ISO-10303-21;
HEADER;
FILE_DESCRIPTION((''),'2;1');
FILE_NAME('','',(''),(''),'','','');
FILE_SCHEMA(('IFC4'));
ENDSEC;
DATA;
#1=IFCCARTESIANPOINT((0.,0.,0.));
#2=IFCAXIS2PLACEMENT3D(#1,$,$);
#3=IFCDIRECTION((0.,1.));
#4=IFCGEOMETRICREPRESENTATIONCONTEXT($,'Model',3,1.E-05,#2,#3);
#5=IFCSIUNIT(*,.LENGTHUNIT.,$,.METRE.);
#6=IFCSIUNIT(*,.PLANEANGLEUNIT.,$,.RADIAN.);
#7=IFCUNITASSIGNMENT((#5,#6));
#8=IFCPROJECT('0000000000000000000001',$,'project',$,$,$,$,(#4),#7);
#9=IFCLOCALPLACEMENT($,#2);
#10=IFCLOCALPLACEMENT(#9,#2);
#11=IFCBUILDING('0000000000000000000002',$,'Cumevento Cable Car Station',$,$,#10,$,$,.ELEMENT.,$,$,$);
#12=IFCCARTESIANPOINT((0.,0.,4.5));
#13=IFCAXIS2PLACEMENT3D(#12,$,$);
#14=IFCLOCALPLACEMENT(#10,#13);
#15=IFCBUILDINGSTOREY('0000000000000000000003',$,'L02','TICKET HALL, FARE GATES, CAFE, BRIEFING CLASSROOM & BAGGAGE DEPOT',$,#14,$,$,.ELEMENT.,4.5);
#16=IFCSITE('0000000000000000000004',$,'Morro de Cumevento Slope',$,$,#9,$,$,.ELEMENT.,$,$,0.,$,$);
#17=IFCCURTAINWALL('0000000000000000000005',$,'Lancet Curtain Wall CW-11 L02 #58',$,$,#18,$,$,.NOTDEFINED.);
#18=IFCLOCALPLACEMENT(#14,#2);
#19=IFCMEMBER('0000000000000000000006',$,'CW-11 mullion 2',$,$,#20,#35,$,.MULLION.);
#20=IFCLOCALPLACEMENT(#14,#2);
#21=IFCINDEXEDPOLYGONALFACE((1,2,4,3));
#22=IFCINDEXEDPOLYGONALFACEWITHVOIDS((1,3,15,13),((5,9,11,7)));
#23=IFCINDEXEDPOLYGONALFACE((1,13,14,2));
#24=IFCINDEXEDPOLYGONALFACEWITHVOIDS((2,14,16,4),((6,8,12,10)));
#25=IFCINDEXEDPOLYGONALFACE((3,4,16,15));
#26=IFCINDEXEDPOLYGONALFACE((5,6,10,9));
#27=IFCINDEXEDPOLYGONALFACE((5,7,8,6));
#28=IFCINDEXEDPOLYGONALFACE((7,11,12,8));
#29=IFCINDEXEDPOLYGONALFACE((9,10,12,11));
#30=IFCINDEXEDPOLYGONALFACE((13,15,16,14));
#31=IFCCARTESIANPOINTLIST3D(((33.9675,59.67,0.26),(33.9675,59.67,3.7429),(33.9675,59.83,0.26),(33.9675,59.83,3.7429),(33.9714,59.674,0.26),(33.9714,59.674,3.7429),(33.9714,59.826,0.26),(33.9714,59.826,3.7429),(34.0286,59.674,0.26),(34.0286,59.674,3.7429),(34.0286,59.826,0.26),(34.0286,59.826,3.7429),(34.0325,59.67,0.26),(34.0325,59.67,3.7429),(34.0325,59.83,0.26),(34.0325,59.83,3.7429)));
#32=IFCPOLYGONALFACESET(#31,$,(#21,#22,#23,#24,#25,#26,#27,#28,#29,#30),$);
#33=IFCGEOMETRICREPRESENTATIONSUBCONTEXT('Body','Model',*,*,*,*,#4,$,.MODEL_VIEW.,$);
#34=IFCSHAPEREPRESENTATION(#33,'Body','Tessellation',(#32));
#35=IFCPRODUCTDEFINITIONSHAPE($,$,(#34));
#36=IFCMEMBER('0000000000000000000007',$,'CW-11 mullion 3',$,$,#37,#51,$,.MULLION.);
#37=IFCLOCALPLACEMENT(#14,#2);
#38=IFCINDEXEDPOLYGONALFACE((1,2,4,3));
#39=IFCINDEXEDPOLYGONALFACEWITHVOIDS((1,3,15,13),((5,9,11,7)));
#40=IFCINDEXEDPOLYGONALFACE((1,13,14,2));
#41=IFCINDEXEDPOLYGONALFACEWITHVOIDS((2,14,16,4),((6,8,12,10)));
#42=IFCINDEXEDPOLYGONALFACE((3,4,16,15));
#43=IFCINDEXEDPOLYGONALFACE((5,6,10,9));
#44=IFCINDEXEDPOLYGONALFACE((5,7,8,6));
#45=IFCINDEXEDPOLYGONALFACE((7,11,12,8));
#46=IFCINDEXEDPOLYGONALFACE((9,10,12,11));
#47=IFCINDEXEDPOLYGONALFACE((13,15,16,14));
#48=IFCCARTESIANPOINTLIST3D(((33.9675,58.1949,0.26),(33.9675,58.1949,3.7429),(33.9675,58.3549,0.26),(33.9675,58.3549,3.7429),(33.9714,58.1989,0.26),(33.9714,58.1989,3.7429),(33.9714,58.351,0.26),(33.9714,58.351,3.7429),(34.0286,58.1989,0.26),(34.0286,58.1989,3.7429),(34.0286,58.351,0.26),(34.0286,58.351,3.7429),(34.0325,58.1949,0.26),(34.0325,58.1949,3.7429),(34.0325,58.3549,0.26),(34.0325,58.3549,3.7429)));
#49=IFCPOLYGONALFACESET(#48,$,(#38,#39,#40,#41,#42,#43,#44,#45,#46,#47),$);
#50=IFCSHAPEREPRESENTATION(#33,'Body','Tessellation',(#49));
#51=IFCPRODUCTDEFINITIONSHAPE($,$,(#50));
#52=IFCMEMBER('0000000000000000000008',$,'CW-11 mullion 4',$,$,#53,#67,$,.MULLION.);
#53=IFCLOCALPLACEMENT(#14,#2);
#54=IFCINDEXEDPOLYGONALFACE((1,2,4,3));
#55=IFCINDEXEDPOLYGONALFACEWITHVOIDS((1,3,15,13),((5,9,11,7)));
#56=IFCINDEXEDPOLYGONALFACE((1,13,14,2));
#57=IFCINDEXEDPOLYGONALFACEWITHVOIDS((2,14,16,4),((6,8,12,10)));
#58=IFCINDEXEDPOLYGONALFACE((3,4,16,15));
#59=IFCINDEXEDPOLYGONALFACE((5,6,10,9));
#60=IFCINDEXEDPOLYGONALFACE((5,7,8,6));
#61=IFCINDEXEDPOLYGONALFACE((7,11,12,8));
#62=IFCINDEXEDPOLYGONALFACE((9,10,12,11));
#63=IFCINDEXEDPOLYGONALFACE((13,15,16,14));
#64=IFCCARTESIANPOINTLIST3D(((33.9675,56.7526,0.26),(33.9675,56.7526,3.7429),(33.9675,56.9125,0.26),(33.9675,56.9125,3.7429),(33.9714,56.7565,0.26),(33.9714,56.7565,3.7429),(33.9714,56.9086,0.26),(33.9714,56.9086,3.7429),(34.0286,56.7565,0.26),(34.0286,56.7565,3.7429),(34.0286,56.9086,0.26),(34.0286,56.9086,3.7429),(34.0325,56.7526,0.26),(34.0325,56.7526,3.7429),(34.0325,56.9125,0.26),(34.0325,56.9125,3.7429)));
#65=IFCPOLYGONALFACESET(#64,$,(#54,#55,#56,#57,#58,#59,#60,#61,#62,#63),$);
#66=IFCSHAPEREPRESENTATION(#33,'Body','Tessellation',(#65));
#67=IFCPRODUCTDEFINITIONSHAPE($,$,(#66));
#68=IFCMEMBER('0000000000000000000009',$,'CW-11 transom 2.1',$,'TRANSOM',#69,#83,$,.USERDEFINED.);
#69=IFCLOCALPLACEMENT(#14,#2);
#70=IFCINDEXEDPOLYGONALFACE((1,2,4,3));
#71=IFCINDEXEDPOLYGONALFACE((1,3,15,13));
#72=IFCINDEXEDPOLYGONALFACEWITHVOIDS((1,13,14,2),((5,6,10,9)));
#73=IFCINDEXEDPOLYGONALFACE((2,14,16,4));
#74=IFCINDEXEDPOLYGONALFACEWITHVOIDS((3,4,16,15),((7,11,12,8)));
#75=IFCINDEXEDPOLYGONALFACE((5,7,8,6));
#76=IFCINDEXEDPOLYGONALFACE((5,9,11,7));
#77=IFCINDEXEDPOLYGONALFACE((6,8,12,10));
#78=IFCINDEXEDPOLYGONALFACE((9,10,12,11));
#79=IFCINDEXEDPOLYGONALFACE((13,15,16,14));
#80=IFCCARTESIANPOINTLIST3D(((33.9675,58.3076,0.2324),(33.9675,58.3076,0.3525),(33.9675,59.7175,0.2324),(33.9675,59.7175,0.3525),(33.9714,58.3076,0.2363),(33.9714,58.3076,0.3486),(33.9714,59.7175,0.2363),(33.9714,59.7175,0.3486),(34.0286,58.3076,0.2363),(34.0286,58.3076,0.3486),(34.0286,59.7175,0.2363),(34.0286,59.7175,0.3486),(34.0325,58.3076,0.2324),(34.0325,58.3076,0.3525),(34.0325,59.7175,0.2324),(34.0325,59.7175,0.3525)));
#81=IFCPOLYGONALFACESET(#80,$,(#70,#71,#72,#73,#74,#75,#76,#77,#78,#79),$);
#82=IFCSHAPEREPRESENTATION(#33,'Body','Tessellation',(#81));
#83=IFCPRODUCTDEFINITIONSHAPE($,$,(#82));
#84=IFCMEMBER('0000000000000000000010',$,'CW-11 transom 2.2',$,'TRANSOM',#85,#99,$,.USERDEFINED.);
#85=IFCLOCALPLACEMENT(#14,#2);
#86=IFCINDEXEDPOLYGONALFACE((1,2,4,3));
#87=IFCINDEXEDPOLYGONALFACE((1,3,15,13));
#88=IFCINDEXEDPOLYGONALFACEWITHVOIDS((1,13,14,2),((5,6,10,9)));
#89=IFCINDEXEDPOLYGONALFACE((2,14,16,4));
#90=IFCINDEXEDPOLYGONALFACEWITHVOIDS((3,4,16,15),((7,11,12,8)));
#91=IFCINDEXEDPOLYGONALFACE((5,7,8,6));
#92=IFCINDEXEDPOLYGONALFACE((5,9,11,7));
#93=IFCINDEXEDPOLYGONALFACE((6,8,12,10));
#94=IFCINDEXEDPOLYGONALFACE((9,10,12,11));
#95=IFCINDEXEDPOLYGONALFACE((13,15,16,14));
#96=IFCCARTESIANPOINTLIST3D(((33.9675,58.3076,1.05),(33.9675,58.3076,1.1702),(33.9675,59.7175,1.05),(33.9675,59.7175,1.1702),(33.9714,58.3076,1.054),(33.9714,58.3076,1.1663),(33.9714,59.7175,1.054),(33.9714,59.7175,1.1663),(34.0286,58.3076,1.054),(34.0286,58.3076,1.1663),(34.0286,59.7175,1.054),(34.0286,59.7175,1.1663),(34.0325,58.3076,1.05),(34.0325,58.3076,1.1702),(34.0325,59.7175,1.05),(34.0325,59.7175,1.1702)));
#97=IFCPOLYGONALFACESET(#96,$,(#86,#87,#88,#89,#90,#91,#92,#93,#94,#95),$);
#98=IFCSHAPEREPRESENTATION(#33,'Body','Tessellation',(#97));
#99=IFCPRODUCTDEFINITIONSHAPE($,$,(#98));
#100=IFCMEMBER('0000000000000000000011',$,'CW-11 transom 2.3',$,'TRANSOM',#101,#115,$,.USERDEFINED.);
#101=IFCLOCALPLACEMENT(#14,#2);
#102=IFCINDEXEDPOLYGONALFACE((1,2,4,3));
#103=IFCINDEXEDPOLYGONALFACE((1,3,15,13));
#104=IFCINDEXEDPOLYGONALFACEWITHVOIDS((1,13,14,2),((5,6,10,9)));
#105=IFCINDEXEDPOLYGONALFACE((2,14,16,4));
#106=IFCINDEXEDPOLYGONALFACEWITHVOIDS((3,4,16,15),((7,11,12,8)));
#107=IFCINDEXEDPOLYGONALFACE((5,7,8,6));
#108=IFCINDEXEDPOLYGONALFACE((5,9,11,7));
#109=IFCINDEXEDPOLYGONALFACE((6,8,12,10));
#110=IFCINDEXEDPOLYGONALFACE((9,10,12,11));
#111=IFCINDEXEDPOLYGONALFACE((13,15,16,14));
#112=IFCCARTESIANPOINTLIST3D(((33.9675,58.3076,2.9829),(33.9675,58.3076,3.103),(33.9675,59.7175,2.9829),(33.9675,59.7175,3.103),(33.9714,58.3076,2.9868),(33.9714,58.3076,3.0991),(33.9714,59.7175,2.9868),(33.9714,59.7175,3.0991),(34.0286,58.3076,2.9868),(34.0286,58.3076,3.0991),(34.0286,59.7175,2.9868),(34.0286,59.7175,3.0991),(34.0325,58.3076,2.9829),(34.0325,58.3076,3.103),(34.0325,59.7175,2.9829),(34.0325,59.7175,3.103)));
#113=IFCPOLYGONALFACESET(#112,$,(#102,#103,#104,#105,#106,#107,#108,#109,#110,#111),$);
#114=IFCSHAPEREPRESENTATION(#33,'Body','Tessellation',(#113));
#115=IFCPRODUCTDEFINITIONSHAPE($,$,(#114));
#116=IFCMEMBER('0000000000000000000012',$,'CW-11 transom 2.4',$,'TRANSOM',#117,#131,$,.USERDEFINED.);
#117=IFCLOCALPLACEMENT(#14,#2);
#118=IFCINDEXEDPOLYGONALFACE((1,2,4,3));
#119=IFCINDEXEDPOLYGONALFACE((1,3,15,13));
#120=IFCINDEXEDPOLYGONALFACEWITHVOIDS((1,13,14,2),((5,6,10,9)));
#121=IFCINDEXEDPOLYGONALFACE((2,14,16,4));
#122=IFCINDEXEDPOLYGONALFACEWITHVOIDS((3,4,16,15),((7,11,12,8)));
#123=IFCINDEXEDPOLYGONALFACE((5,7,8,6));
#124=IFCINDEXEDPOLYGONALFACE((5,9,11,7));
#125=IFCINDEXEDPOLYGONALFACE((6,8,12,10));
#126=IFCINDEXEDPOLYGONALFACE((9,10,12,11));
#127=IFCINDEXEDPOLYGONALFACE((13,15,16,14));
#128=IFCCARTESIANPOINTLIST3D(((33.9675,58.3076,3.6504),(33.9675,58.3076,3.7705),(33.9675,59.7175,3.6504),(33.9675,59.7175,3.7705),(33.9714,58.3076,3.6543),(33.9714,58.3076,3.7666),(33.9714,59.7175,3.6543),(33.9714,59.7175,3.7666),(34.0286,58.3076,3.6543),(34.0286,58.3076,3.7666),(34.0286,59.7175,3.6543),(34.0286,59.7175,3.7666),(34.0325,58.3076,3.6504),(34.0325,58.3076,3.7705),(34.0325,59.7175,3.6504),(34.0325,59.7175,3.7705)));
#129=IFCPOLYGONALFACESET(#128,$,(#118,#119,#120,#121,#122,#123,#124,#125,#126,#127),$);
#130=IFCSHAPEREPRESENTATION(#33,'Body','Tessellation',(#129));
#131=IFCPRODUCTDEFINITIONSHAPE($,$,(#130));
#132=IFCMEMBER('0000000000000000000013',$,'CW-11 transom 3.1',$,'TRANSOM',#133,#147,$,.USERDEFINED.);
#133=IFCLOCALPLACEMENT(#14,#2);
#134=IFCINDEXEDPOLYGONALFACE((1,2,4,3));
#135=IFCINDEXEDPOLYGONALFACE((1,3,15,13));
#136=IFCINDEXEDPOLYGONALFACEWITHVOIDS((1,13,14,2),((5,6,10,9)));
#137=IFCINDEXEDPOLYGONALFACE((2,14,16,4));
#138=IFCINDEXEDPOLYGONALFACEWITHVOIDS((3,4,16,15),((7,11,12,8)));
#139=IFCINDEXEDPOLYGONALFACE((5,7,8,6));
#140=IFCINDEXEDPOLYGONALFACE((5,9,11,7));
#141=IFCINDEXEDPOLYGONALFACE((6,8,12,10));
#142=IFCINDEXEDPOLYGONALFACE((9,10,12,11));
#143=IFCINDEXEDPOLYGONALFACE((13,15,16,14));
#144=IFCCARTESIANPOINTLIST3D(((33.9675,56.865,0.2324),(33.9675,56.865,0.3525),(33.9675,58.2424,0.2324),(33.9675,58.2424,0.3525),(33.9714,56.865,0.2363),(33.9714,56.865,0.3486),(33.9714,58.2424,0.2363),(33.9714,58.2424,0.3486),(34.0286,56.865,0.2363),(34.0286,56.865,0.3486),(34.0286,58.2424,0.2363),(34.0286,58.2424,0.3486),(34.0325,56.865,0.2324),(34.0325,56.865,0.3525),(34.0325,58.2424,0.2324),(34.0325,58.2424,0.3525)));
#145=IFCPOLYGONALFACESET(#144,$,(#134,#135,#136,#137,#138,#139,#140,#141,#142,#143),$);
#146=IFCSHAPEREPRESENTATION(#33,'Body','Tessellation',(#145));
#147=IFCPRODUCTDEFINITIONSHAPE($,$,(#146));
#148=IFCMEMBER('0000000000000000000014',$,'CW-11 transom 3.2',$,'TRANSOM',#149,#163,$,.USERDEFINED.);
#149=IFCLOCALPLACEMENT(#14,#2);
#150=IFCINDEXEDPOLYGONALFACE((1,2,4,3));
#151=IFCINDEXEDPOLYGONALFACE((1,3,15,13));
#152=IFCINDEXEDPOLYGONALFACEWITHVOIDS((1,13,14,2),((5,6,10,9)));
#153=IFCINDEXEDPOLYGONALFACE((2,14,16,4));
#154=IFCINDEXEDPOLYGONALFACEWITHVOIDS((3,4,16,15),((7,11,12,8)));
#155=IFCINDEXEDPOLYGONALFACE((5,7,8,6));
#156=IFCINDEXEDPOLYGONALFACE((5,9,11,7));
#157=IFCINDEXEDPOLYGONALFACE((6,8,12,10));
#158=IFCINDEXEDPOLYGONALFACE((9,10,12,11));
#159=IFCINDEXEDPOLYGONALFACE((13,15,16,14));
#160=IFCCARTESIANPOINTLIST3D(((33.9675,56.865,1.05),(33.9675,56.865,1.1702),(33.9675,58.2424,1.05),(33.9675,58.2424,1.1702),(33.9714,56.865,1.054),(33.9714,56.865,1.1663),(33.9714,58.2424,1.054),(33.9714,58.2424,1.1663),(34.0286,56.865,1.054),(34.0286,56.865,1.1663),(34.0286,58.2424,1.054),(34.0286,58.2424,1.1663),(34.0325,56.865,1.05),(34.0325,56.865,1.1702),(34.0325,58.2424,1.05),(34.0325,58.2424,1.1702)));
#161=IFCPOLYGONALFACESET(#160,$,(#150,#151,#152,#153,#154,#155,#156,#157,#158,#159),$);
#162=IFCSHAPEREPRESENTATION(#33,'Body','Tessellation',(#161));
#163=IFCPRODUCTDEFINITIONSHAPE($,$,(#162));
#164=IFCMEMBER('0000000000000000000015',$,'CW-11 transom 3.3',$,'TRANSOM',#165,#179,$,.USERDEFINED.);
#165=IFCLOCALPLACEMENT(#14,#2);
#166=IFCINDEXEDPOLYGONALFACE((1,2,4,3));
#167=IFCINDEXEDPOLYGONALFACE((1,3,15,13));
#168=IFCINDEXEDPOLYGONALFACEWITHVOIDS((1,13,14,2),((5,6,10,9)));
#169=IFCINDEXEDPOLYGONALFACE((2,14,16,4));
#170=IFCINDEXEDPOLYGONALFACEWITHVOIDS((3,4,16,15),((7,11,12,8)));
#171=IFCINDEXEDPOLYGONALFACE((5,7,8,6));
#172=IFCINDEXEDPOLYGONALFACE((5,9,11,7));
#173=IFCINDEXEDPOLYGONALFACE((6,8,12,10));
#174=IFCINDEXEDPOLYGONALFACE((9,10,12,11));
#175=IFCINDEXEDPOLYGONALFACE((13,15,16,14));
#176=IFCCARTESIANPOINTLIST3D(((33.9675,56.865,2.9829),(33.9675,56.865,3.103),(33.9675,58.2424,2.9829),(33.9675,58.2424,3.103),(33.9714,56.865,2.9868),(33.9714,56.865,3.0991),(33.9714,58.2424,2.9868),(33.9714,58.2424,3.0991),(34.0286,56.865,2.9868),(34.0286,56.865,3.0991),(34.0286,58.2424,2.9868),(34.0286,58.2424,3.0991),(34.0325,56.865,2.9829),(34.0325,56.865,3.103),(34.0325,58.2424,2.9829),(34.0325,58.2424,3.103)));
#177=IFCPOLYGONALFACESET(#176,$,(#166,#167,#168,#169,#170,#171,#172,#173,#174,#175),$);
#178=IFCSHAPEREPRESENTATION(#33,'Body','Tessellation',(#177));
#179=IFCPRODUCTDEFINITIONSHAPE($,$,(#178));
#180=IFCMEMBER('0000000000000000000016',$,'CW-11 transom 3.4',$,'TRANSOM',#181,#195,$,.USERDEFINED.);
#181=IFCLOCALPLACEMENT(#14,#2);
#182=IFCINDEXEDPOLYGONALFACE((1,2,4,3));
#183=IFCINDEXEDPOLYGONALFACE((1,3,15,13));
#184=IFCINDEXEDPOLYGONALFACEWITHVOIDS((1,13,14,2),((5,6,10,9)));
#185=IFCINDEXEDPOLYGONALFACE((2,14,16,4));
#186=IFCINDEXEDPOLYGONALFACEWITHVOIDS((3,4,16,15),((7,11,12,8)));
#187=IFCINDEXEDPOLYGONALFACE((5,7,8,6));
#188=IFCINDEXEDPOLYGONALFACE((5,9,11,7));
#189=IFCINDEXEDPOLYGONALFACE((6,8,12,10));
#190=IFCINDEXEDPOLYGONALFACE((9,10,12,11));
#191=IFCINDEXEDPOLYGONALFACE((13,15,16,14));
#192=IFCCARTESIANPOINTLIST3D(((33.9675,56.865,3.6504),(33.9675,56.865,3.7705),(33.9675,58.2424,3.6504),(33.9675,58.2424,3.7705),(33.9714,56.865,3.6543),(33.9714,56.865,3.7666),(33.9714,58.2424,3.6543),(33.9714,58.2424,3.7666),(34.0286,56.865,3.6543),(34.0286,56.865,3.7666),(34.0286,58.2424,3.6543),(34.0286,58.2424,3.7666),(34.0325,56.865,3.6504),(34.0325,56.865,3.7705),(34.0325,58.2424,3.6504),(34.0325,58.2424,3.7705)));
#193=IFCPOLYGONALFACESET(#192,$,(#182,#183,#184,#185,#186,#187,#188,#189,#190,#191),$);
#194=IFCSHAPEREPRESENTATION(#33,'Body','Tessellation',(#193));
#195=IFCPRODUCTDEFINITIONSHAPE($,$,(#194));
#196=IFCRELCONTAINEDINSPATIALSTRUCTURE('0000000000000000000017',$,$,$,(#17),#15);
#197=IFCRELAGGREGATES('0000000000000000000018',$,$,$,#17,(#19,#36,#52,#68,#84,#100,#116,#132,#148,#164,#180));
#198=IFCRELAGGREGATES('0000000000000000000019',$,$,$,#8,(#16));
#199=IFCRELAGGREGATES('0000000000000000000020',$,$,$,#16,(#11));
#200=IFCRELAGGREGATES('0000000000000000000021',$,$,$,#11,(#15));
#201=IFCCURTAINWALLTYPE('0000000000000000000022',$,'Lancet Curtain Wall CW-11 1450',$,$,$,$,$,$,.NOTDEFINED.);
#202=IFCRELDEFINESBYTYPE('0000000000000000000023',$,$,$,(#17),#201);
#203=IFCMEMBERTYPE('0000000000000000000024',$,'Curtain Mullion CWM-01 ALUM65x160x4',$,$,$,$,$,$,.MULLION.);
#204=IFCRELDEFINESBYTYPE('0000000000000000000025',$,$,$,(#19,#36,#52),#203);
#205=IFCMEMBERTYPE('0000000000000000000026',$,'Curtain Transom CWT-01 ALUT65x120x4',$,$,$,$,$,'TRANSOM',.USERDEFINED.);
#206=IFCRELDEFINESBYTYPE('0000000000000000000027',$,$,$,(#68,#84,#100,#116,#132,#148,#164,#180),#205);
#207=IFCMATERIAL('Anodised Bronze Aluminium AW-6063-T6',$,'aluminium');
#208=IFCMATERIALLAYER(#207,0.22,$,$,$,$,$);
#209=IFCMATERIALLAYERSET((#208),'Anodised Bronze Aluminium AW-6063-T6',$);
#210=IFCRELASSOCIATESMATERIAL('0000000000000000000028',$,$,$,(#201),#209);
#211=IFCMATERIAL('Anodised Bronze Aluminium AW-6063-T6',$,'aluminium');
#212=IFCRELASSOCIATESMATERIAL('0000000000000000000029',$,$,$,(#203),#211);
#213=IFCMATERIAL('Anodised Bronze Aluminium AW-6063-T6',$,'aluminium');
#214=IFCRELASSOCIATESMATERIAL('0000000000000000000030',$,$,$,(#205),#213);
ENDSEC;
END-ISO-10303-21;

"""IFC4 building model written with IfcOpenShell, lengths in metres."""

from ifc_helpers import new_model, si_unit, direction, frame, origin, origin_2d, place, context, subcontext, project, spatial, hollow_rectangle, extrude, material, layer, layer_set, material_profile, profile_set, type_object, element, aggregate, save


model = new_model("IFC4")

# Units and contexts
model_context = context("Model", 3, precision=1e-05, world=origin(), true_north=direction((0.0, 1.0)))
body_context = subcontext(model_context, "Body", "Model", "MODEL_VIEW")
ifc_project = project(units=[si_unit("LENGTHUNIT", "METRE"), si_unit("PLANEANGLEUNIT", "RADIAN")], contexts=[model_context])

# Site, building, storey
site_placement = place(None, origin())
site = spatial("IfcSite", under=ifc_project, at=site_placement, Name="Morro de Cumevento Slope", CompositionType="ELEMENT", RefElevation=0.0)
building_placement = place(site_placement, origin())
building = spatial("IfcBuilding", under=site, at=building_placement, Name="Cumevento Cable Car Station", CompositionType="ELEMENT")
storey_placement = place(building_placement, frame((0.0, 0.0, 4.5)))
storey = spatial("IfcBuildingStorey", under=building, at=storey_placement, Name="L02", Description="TICKET HALL, FARE GATES, CAFE, BRIEFING CLASSROOM & BAGGAGE DEPOT", CompositionType="ELEMENT", Elevation=4.5)

# Curtain wall, members
ifc_material_1 = material(Name="Anodised Bronze Aluminium AW-6063-T6", Category="aluminium")
ifc_layer_1 = layer(ifc_material_1, 0.22)
ifc_layer_set_1 = layer_set([ifc_layer_1], Name="Anodised Bronze Aluminium AW-6063-T6")
curtain_wall_type = type_object("IfcCurtainWallType", Name="Lancet Curtain Wall CW-11 1450", PredefinedType="NOTDEFINED", material=ifc_layer_set_1)
curtain_wall_placement = place(storey_placement, origin())
curtain_wall = element("IfcCurtainWall", 1, at=curtain_wall_placement, inside=storey, type_object=curtain_wall_type, Name="Lancet Curtain Wall CW-11 L02 #58", PredefinedType="NOTDEFINED")
ifc_material_2 = material(Name="Anodised Bronze Aluminium AW-6063-T6", Category="aluminium")
ifc_material_profile_1 = material_profile(ifc_material_2, hollow_rectangle(XDim=0.0649, YDim=0.1599, WallThickness=0.0039, at=origin_2d()), Name="ALUM65x160x4")
ifc_profile_set_1 = profile_set([ifc_material_profile_1], Name="Anodised Bronze Aluminium AW-6063-T6")
member_type_1 = type_object("IfcMemberType", Name="Curtain Mullion CWM-01 ALUM65x160x4", PredefinedType="MULLION", material=ifc_profile_set_1)
member_1_placement = place(storey_placement, frame((34.0, 59.75, 0.26), z_axis=(0.0, 0.0, 1.0), x_axis=(1.0, 0.0, 0.0)))
member_1 = element("IfcMember", 2, at=member_1_placement, type_object=member_type_1, Name="CW-11 mullion 2", PredefinedType="MULLION", context=body_context, shape_type="SweptSolid", body=[
    extrude(hollow_rectangle(XDim=0.0649, YDim=0.1599, WallThickness=0.0039, at=origin_2d()), origin(), (0.0, 0.0, 1.0), 3.4829),
])
member_2_placement = place(storey_placement, frame((34.0, 58.2749, 0.26), z_axis=(0.0, 0.0, 1.0), x_axis=(1.0, 0.0, 0.0)))
member_2 = element("IfcMember", 3, at=member_2_placement, type_object=member_type_1, Name="CW-11 mullion 3", PredefinedType="MULLION", context=body_context, shape_type="SweptSolid", body=[
    extrude(hollow_rectangle(XDim=0.0649, YDim=0.1599, WallThickness=0.0039, at=origin_2d()), origin(), (0.0, 0.0, 1.0), 3.4829),
])
member_3_placement = place(storey_placement, frame((34.0, 56.8325, 0.26), z_axis=(0.0, 0.0, 1.0), x_axis=(1.0, 0.0, 0.0)))
member_3 = element("IfcMember", 4, at=member_3_placement, type_object=member_type_1, Name="CW-11 mullion 4", PredefinedType="MULLION", context=body_context, shape_type="SweptSolid", body=[
    extrude(hollow_rectangle(XDim=0.0649, YDim=0.1599, WallThickness=0.0039, at=origin_2d()), origin(), (0.0, 0.0, 1.0), 3.4829),
])
ifc_material_3 = material(Name="Anodised Bronze Aluminium AW-6063-T6", Category="aluminium")
ifc_material_profile_2 = material_profile(ifc_material_3, hollow_rectangle(XDim=0.0649, YDim=0.1201, WallThickness=0.0039, at=origin_2d()), Name="ALUT65x120x4")
ifc_profile_set_2 = profile_set([ifc_material_profile_2], Name="Anodised Bronze Aluminium AW-6063-T6")
member_type_2 = type_object("IfcMemberType", Name="Curtain Transom CWT-01 ALUT65x120x4", ElementType="TRANSOM", PredefinedType="USERDEFINED", material=ifc_profile_set_2)
member_4_placement = place(storey_placement, frame((34.0, 59.7175, 0.2925), z_axis=(0.0, -1.0, 0.0), x_axis=(1.0, 0.0, 0.0)))
member_4 = element("IfcMember", 5, at=member_4_placement, type_object=member_type_2, Name="CW-11 transom 2.1", ObjectType="TRANSOM", PredefinedType="USERDEFINED", context=body_context, shape_type="SweptSolid", body=[
    extrude(hollow_rectangle(XDim=0.0649, YDim=0.1201, WallThickness=0.0039, at=origin_2d()), origin(), (0.0, 0.0, 1.0), 1.4099),
])
member_5_placement = place(storey_placement, frame((34.0, 59.7175, 1.1101), z_axis=(0.0, -1.0, 0.0), x_axis=(1.0, 0.0, 0.0)))
member_5 = element("IfcMember", 6, at=member_5_placement, type_object=member_type_2, Name="CW-11 transom 2.2", ObjectType="TRANSOM", PredefinedType="USERDEFINED", context=body_context, shape_type="SweptSolid", body=[
    extrude(hollow_rectangle(XDim=0.0649, YDim=0.1201, WallThickness=0.0039, at=origin_2d()), origin(), (0.0, 0.0, 1.0), 1.4099),
])
member_6_placement = place(storey_placement, frame((34.0, 59.7175, 3.043), z_axis=(0.0, -1.0, 0.0), x_axis=(1.0, 0.0, 0.0)))
member_6 = element("IfcMember", 7, at=member_6_placement, type_object=member_type_2, Name="CW-11 transom 2.3", ObjectType="TRANSOM", PredefinedType="USERDEFINED", context=body_context, shape_type="SweptSolid", body=[
    extrude(hollow_rectangle(XDim=0.0649, YDim=0.1201, WallThickness=0.0039, at=origin_2d()), origin(), (0.0, 0.0, 1.0), 1.4099),
])
member_7_placement = place(storey_placement, frame((34.0, 59.7175, 3.7104), z_axis=(0.0, -1.0, 0.0), x_axis=(1.0, 0.0, 0.0)))
member_7 = element("IfcMember", 8, at=member_7_placement, type_object=member_type_2, Name="CW-11 transom 2.4", ObjectType="TRANSOM", PredefinedType="USERDEFINED", context=body_context, shape_type="SweptSolid", body=[
    extrude(hollow_rectangle(XDim=0.0649, YDim=0.1201, WallThickness=0.0039, at=origin_2d()), origin(), (0.0, 0.0, 1.0), 1.4099),
])
member_8_placement = place(storey_placement, frame((34.0, 58.2424, 0.2925), z_axis=(0.0, -1.0, 0.0), x_axis=(1.0, 0.0, 0.0)))
member_8 = element("IfcMember", 9, at=member_8_placement, type_object=member_type_2, Name="CW-11 transom 3.1", ObjectType="TRANSOM", PredefinedType="USERDEFINED", context=body_context, shape_type="SweptSolid", body=[
    extrude(hollow_rectangle(XDim=0.0649, YDim=0.1201, WallThickness=0.0039, at=origin_2d()), origin(), (0.0, 0.0, 1.0), 1.3774),
])
member_9_placement = place(storey_placement, frame((34.0, 58.2424, 1.1101), z_axis=(0.0, -1.0, 0.0), x_axis=(1.0, 0.0, 0.0)))
member_9 = element("IfcMember", 10, at=member_9_placement, type_object=member_type_2, Name="CW-11 transom 3.2", ObjectType="TRANSOM", PredefinedType="USERDEFINED", context=body_context, shape_type="SweptSolid", body=[
    extrude(hollow_rectangle(XDim=0.0649, YDim=0.1201, WallThickness=0.0039, at=origin_2d()), origin(), (0.0, 0.0, 1.0), 1.3774),
])
member_10_placement = place(storey_placement, frame((34.0, 58.2424, 3.043), z_axis=(0.0, -1.0, 0.0), x_axis=(1.0, 0.0, 0.0)))
member_10 = element("IfcMember", 11, at=member_10_placement, type_object=member_type_2, Name="CW-11 transom 3.3", ObjectType="TRANSOM", PredefinedType="USERDEFINED", context=body_context, shape_type="SweptSolid", body=[
    extrude(hollow_rectangle(XDim=0.0649, YDim=0.1201, WallThickness=0.0039, at=origin_2d()), origin(), (0.0, 0.0, 1.0), 1.3774),
])
member_11_placement = place(storey_placement, frame((34.0, 58.2424, 3.7104), z_axis=(0.0, -1.0, 0.0), x_axis=(1.0, 0.0, 0.0)))
member_11 = element("IfcMember", 12, at=member_11_placement, type_object=member_type_2, Name="CW-11 transom 3.4", ObjectType="TRANSOM", PredefinedType="USERDEFINED", context=body_context, shape_type="SweptSolid", body=[
    extrude(hollow_rectangle(XDim=0.0649, YDim=0.1201, WallThickness=0.0039, at=origin_2d()), origin(), (0.0, 0.0, 1.0), 1.3774),
])

aggregate(curtain_wall, [member_1, member_2, member_3, member_4, member_5, member_6, member_7, member_8, member_9, member_10, member_11])

save(model, "model.ifc")
